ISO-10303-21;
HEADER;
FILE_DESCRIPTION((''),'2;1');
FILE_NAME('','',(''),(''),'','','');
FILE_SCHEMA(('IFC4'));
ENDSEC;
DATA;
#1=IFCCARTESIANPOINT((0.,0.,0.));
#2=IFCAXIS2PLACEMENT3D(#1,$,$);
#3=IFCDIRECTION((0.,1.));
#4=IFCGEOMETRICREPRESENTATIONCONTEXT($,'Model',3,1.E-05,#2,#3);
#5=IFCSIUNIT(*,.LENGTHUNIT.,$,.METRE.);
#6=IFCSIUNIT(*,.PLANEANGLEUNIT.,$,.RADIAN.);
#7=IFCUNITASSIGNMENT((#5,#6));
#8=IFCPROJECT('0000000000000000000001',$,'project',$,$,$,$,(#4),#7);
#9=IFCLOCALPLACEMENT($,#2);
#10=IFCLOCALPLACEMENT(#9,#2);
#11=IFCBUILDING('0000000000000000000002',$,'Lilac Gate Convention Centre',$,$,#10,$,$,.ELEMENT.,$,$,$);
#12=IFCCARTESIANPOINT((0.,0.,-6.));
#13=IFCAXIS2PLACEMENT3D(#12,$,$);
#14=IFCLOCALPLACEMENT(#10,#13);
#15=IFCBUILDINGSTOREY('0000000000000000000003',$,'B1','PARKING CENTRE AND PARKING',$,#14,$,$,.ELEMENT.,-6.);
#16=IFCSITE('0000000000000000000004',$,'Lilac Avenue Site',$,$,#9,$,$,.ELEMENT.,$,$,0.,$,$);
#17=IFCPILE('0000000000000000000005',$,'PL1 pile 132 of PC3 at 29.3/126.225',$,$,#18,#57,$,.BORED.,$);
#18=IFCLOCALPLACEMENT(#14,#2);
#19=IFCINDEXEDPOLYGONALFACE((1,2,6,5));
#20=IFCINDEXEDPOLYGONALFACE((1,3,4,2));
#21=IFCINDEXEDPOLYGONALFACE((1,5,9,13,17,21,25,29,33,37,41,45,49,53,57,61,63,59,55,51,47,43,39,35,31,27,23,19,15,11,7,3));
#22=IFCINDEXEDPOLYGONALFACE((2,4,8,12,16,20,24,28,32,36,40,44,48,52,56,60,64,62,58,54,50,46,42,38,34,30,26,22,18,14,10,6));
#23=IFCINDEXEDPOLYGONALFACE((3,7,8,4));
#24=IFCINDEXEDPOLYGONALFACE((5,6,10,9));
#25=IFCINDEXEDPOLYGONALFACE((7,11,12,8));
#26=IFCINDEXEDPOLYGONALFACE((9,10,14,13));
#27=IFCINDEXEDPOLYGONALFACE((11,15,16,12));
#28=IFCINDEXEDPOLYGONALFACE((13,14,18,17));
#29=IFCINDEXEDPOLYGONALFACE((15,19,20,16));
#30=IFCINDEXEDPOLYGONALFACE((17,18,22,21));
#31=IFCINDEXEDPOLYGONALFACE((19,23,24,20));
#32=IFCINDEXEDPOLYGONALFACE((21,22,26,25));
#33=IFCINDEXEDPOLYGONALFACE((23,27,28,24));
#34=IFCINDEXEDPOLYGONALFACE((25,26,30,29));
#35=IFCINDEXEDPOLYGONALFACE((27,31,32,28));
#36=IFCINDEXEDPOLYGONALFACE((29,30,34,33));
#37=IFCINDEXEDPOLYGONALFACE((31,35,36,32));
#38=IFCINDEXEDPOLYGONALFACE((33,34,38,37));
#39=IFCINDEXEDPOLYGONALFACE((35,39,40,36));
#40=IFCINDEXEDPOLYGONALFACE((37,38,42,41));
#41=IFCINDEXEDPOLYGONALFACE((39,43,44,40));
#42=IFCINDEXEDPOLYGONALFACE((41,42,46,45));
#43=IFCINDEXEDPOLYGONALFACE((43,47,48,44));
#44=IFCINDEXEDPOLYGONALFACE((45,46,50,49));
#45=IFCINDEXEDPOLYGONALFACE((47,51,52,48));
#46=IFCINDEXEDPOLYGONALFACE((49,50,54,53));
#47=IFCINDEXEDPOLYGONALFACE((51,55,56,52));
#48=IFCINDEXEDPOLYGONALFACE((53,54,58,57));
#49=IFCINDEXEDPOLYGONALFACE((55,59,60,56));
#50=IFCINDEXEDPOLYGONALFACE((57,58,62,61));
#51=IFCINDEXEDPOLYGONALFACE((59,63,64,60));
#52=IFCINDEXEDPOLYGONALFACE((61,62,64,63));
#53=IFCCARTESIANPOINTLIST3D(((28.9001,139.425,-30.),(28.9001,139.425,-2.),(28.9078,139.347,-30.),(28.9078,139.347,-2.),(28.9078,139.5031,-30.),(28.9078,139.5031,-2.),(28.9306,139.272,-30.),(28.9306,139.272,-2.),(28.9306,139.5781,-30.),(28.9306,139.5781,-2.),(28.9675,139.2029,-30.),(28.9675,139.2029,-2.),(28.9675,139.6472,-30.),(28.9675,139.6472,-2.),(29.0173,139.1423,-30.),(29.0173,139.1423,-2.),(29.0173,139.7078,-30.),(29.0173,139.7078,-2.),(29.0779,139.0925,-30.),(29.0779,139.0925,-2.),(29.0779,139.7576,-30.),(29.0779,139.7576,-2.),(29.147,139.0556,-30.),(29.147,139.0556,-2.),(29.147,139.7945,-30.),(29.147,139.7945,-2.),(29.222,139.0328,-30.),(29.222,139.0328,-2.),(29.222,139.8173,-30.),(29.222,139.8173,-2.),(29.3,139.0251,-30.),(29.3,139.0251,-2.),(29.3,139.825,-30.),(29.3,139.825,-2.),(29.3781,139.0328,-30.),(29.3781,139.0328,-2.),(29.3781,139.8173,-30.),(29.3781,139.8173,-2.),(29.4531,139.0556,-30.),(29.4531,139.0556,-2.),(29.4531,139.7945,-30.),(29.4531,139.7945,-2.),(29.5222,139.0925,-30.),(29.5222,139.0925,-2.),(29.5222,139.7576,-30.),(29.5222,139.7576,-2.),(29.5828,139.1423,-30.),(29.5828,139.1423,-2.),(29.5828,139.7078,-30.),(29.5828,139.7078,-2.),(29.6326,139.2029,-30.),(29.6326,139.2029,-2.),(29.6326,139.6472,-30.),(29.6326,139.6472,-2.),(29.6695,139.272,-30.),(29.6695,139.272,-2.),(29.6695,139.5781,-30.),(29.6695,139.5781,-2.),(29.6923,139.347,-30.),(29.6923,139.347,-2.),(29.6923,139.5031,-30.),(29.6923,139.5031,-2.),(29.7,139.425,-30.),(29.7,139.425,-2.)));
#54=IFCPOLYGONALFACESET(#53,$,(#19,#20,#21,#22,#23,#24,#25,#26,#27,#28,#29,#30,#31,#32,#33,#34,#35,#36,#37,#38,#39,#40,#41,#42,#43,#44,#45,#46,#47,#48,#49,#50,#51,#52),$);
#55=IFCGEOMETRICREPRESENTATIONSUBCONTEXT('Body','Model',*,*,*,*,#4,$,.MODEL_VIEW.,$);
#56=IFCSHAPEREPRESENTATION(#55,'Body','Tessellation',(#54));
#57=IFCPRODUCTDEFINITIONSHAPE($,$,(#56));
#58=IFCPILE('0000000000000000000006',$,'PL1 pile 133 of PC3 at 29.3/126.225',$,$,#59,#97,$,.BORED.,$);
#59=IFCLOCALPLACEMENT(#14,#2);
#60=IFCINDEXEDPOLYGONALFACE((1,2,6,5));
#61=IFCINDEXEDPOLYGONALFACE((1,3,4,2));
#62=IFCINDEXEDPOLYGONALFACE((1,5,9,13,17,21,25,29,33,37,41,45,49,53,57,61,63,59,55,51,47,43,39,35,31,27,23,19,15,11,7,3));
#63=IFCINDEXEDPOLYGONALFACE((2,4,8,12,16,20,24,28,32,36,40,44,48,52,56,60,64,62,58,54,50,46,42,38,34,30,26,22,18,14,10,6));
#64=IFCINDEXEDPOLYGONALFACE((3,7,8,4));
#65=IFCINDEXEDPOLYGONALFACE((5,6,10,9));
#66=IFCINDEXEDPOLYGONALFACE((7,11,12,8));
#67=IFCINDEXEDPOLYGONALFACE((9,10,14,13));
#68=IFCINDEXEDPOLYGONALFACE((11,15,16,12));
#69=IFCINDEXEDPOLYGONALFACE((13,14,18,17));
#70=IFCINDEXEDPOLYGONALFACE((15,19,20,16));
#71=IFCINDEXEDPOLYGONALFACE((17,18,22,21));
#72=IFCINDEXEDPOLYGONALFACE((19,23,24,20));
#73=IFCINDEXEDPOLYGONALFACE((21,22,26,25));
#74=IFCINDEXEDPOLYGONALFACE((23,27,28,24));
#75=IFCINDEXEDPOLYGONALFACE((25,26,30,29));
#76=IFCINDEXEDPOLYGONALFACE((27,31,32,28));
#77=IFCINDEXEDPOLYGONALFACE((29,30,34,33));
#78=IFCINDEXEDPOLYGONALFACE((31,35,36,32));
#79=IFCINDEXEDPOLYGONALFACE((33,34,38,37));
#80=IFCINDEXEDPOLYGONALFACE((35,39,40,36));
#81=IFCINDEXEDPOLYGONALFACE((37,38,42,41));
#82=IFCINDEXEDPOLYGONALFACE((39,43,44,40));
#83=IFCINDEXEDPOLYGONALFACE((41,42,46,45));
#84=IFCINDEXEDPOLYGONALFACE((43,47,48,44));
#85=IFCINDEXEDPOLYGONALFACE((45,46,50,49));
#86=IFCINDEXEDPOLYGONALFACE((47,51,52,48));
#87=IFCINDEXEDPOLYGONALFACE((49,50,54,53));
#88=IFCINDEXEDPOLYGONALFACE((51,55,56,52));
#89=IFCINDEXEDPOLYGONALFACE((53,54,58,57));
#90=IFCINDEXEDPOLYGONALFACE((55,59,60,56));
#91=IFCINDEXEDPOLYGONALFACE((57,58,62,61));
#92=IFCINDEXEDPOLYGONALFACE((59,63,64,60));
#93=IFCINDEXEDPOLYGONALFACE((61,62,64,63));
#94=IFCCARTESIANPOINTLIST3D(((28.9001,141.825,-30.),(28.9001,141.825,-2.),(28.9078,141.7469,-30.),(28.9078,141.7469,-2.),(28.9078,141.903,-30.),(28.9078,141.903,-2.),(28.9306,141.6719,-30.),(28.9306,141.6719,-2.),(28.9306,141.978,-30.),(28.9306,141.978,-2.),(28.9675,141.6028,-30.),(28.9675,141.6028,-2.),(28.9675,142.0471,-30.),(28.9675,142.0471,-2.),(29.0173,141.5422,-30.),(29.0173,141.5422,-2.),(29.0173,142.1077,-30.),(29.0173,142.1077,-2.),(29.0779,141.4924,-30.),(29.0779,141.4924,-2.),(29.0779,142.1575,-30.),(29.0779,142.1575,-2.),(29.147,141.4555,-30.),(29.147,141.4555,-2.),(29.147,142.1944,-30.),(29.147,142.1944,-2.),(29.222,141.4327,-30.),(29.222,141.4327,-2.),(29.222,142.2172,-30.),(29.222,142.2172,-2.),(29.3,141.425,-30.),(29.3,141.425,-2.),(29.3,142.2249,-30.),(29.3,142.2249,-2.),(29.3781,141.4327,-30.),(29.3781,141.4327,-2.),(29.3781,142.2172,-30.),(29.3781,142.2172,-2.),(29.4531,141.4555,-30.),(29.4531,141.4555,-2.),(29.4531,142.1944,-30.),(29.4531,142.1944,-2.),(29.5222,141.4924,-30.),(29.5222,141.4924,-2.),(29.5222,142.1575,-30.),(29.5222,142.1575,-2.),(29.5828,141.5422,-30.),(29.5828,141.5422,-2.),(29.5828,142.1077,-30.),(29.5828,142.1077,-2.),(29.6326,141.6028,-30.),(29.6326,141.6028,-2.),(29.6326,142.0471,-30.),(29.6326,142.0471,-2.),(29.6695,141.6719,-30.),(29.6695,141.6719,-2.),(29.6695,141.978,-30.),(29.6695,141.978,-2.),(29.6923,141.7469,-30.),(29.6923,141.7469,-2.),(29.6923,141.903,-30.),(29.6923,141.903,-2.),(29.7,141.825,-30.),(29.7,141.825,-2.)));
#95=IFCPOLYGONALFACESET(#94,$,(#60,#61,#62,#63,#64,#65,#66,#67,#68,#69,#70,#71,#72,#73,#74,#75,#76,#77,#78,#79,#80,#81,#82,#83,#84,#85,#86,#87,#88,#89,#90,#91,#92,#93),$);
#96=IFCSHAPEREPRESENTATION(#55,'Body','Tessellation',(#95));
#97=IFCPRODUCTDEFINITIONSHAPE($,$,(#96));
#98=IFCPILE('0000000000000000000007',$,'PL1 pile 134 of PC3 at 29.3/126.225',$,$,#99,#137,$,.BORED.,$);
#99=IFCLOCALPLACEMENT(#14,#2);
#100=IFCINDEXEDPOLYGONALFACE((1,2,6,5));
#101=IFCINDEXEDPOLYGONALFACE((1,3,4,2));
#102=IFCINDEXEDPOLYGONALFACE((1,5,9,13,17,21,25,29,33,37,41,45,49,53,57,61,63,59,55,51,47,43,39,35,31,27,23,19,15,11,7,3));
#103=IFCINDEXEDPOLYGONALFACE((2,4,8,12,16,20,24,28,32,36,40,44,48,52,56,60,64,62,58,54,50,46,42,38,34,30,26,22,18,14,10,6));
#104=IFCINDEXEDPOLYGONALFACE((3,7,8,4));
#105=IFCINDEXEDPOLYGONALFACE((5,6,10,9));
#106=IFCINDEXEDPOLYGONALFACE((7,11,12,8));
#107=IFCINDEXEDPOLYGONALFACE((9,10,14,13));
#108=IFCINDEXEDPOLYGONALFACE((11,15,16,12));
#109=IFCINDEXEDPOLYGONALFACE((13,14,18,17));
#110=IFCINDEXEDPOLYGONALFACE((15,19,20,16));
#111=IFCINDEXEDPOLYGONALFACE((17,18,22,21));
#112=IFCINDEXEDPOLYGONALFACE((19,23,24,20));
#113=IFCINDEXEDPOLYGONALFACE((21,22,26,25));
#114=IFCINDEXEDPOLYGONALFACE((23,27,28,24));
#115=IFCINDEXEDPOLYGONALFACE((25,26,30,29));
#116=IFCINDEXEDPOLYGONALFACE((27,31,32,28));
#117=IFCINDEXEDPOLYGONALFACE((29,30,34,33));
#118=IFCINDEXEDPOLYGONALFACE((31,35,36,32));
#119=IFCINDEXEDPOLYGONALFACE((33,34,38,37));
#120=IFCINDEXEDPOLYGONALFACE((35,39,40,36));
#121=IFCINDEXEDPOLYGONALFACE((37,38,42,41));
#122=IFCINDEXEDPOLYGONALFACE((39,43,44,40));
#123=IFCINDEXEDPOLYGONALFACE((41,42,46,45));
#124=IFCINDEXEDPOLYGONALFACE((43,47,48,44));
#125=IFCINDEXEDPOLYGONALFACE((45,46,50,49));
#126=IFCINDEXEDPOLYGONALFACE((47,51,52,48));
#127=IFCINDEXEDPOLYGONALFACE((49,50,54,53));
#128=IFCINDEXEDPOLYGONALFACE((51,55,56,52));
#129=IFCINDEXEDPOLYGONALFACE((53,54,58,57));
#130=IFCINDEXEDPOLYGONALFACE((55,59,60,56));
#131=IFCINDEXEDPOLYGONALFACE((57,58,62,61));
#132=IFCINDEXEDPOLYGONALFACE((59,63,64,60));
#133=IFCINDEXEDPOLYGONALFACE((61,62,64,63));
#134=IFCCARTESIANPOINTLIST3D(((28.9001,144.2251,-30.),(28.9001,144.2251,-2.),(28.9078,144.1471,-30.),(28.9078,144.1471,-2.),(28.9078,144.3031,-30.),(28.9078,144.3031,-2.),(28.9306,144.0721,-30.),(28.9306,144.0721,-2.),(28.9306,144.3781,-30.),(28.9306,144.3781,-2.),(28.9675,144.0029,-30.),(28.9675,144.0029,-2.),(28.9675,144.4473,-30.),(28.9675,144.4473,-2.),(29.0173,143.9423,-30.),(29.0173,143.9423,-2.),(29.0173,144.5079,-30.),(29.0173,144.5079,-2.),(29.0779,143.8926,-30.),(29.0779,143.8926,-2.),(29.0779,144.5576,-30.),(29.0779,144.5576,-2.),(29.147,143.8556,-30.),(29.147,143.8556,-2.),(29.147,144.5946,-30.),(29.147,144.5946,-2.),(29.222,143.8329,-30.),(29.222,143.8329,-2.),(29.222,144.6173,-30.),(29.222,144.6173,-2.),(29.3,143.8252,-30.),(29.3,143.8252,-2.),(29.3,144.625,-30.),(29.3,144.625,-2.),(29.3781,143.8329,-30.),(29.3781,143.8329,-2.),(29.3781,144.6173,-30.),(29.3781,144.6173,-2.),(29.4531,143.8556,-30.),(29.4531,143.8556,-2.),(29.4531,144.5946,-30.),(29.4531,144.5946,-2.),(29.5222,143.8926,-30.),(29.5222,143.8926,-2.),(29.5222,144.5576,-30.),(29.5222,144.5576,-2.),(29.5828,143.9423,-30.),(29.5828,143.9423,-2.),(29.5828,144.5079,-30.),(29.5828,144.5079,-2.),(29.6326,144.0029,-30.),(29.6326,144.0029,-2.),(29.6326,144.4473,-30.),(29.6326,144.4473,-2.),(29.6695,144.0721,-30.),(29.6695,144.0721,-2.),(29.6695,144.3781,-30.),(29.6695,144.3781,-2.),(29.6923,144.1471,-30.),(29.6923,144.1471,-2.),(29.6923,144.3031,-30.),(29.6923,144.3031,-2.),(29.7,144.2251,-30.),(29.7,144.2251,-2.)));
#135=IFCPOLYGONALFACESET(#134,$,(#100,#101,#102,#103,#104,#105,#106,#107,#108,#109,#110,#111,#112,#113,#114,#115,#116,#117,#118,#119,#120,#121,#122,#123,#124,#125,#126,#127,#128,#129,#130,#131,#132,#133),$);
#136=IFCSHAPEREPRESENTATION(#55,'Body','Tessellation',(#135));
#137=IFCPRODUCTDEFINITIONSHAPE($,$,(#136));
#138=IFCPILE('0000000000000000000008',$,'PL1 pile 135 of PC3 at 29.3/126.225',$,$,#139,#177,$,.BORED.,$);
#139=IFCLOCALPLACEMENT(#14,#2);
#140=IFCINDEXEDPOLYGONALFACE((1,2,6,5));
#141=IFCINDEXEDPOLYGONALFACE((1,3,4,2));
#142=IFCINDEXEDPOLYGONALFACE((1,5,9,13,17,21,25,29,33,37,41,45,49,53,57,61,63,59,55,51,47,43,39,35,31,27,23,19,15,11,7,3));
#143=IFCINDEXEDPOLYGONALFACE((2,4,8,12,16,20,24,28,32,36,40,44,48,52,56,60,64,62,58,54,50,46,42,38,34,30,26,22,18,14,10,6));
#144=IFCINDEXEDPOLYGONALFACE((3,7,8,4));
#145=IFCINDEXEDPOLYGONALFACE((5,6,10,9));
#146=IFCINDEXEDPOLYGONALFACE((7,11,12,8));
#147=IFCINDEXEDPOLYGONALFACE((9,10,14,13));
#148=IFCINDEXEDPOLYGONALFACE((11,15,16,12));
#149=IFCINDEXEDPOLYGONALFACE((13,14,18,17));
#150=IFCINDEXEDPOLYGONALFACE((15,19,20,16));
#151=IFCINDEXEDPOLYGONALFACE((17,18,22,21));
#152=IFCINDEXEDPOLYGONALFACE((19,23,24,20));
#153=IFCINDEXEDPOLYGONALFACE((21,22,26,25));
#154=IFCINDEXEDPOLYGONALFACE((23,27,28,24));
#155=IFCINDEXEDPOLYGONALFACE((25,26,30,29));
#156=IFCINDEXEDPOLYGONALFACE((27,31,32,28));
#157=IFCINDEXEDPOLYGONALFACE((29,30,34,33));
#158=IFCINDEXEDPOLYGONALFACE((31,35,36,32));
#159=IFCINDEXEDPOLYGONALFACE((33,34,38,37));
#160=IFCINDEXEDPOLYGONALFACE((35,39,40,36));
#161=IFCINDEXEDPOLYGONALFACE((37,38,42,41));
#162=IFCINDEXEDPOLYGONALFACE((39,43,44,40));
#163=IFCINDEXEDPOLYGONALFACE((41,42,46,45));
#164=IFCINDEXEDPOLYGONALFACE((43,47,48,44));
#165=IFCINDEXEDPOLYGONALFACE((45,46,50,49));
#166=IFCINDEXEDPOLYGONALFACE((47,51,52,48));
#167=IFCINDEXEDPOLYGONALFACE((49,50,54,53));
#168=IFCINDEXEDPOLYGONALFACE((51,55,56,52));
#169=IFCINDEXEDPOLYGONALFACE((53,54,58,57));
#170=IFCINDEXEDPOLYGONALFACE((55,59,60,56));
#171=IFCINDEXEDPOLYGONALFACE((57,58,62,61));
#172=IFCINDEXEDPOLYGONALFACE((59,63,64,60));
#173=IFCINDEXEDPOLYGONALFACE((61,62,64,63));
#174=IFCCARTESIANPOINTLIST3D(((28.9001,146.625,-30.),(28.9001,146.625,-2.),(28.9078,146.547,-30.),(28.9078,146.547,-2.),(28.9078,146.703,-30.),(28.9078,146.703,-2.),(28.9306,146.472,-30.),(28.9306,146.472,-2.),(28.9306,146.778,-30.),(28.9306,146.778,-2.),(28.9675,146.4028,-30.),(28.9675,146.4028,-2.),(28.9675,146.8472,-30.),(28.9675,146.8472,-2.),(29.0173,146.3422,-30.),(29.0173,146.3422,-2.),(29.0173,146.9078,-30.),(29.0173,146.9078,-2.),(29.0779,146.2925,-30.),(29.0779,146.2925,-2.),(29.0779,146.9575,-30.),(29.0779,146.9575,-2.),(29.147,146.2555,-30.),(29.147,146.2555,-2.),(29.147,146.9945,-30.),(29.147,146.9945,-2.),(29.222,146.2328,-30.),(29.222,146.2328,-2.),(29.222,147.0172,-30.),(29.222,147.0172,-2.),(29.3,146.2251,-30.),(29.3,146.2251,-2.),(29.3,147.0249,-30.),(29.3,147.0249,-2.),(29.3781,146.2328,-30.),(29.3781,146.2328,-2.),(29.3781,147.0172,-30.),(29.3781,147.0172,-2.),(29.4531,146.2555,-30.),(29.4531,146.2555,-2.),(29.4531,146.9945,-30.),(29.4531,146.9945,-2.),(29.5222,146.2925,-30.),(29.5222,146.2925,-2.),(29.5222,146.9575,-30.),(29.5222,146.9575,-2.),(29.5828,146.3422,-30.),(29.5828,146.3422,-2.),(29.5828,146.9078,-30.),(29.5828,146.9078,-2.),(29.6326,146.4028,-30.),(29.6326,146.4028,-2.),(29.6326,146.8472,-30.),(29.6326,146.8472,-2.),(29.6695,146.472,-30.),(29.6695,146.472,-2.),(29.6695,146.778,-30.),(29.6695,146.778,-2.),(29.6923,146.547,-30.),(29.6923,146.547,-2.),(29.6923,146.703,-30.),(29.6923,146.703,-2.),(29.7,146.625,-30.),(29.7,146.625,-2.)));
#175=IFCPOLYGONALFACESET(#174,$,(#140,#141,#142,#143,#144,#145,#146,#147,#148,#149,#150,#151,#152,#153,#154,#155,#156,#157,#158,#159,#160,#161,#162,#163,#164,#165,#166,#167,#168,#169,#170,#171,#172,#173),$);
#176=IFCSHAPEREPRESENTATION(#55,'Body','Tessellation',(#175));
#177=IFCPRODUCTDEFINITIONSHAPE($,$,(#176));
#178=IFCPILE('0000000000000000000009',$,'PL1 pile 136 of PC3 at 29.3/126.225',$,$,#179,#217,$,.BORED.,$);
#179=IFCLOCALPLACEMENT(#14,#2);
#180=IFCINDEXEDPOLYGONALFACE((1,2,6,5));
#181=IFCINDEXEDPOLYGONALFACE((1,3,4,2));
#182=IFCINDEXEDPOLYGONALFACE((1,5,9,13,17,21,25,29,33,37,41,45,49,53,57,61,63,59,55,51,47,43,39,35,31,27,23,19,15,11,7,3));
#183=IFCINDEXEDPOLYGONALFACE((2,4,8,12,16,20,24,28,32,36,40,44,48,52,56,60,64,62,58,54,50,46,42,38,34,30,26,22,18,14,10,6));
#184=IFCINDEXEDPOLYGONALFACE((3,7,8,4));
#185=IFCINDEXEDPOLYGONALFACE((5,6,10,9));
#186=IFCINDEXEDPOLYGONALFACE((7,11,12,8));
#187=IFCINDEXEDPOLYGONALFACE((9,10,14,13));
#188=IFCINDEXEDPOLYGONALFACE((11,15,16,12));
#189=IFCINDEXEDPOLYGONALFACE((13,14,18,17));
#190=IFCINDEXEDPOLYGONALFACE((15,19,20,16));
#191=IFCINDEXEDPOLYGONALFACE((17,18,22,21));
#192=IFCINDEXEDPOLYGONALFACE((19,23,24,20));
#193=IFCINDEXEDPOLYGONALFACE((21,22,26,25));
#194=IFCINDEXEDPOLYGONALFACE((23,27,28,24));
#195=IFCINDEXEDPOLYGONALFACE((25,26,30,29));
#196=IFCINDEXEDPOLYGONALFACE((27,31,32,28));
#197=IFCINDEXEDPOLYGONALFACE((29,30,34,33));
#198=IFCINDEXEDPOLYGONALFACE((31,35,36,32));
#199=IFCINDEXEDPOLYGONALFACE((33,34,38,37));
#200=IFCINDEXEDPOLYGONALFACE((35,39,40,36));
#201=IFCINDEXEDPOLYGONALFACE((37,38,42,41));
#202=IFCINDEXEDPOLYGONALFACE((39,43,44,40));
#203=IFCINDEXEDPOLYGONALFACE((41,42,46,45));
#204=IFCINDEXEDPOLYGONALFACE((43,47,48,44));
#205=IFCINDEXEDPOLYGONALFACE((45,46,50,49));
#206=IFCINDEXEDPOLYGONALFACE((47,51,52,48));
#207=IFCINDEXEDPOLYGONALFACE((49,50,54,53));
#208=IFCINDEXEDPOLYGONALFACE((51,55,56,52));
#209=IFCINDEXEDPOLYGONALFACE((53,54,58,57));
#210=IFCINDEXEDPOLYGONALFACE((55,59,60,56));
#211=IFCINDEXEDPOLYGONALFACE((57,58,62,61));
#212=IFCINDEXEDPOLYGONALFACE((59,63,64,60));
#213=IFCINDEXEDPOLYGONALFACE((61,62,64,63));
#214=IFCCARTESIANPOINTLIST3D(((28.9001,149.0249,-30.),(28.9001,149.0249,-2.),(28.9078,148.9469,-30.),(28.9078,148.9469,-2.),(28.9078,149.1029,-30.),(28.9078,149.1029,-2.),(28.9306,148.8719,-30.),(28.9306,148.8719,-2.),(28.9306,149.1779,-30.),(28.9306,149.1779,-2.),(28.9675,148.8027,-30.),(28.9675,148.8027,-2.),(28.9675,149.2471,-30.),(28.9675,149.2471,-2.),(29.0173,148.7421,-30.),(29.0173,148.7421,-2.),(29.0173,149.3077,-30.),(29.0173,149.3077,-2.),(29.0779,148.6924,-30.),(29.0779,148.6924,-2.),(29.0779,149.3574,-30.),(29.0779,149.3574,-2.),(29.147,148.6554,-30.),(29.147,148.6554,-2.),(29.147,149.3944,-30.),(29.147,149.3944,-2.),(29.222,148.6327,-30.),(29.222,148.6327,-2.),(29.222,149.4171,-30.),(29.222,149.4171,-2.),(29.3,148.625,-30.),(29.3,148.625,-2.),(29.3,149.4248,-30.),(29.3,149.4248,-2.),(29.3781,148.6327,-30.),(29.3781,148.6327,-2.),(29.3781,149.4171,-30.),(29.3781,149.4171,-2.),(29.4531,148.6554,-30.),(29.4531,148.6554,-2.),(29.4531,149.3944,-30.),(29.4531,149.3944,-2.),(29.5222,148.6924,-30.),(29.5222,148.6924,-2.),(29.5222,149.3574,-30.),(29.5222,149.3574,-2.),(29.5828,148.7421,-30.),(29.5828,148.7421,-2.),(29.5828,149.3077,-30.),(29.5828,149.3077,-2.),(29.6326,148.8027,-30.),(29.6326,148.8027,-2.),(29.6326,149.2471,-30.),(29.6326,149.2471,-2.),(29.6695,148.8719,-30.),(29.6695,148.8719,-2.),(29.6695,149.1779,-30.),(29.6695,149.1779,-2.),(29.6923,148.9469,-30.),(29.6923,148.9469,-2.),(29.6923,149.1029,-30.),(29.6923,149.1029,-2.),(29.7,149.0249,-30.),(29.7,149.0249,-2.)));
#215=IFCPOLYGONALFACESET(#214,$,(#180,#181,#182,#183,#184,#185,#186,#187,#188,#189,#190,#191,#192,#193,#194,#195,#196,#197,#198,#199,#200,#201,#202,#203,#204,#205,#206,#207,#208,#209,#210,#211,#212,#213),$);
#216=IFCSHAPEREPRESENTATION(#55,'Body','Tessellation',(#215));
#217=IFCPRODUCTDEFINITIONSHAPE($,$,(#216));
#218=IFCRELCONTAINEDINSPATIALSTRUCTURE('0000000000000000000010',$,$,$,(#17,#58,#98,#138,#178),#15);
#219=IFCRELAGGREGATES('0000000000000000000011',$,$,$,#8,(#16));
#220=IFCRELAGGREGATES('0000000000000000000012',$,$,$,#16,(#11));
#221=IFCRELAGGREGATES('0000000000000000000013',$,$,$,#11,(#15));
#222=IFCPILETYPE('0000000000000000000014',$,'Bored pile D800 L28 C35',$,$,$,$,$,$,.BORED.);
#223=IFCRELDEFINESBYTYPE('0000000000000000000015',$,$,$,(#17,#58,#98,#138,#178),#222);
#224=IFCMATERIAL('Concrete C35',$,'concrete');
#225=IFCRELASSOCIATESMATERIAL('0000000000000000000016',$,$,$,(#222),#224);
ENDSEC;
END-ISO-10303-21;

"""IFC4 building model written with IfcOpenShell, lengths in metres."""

from ifc_helpers import new_model, si_unit, direction, frame, origin, origin_2d, place, context, subcontext, project, spatial, circle, extrude, material, material_profile, profile_set, type_object, element, save


model = new_model("IFC4")

# Units and contexts
model_context = context("Model", 3, precision=1e-05, world=origin(), true_north=direction((0.0, 1.0)))
body_context = subcontext(model_context, "Body", "Model", "MODEL_VIEW")
ifc_project = project(units=[si_unit("LENGTHUNIT", "METRE"), si_unit("PLANEANGLEUNIT", "RADIAN")], contexts=[model_context])

# Site, building, storey
site_placement = place(None, origin())
site = spatial("IfcSite", under=ifc_project, at=site_placement, Name="Lilac Avenue Site", CompositionType="ELEMENT", RefElevation=0.0)
building_placement = place(site_placement, origin())
building = spatial("IfcBuilding", under=site, at=building_placement, Name="Lilac Gate Convention Centre", CompositionType="ELEMENT")
storey_placement = place(building_placement, frame((0.0, 0.0, -6.0)))
storey = spatial("IfcBuildingStorey", under=building, at=storey_placement, Name="B1", Description="PARKING CENTRE AND PARKING", CompositionType="ELEMENT", Elevation=-6.0)

# Piles
ifc_material_1 = material(Name="Concrete C35", Category="concrete")
ifc_material_profile_1 = material_profile(ifc_material_1, circle(Radius=0.3999, at=origin_2d()), Name="D800")
ifc_profile_set_1 = profile_set([ifc_material_profile_1], Name="Concrete C35")
pile_type = type_object("IfcPileType", Name="Bored pile D800 L28 C35", PredefinedType="BORED", material=ifc_profile_set_1)
for number, where, z_axis, x_axis, name in (
    (1, (29.3, 139.425, -2.0), (0.0, 0.0, -1.0), (1.0, 0.0, 0.0), "PL1 pile 132 of PC3 at 29.3/126.225"),
    (2, (29.3, 141.825, -2.0), (0.0, 0.0, -1.0), (1.0, 0.0, 0.0), "PL1 pile 133 of PC3 at 29.3/126.225"),
    (3, (29.3, 144.2251, -2.0), (0.0, 0.0, -1.0), (1.0, 0.0, 0.0), "PL1 pile 134 of PC3 at 29.3/126.225"),
    (4, (29.3, 146.625, -2.0), (0.0, 0.0, -1.0), (1.0, 0.0, 0.0), "PL1 pile 135 of PC3 at 29.3/126.225"),
    (5, (29.3, 149.0249, -2.0), (0.0, 0.0, -1.0), (1.0, 0.0, 0.0), "PL1 pile 136 of PC3 at 29.3/126.225"),
):
    element("IfcPile", number, at=place(storey_placement, frame(where, z_axis=z_axis, x_axis=x_axis)), inside=storey, type_object=pile_type, Name=name, PredefinedType="BORED", context=body_context, shape_type="SweptSolid", body=[
        extrude(circle(Radius=0.3999, at=origin_2d()), origin(), (0.0, 0.0, 1.0), 28.0),
    ])

save(model, "model.ifc")
